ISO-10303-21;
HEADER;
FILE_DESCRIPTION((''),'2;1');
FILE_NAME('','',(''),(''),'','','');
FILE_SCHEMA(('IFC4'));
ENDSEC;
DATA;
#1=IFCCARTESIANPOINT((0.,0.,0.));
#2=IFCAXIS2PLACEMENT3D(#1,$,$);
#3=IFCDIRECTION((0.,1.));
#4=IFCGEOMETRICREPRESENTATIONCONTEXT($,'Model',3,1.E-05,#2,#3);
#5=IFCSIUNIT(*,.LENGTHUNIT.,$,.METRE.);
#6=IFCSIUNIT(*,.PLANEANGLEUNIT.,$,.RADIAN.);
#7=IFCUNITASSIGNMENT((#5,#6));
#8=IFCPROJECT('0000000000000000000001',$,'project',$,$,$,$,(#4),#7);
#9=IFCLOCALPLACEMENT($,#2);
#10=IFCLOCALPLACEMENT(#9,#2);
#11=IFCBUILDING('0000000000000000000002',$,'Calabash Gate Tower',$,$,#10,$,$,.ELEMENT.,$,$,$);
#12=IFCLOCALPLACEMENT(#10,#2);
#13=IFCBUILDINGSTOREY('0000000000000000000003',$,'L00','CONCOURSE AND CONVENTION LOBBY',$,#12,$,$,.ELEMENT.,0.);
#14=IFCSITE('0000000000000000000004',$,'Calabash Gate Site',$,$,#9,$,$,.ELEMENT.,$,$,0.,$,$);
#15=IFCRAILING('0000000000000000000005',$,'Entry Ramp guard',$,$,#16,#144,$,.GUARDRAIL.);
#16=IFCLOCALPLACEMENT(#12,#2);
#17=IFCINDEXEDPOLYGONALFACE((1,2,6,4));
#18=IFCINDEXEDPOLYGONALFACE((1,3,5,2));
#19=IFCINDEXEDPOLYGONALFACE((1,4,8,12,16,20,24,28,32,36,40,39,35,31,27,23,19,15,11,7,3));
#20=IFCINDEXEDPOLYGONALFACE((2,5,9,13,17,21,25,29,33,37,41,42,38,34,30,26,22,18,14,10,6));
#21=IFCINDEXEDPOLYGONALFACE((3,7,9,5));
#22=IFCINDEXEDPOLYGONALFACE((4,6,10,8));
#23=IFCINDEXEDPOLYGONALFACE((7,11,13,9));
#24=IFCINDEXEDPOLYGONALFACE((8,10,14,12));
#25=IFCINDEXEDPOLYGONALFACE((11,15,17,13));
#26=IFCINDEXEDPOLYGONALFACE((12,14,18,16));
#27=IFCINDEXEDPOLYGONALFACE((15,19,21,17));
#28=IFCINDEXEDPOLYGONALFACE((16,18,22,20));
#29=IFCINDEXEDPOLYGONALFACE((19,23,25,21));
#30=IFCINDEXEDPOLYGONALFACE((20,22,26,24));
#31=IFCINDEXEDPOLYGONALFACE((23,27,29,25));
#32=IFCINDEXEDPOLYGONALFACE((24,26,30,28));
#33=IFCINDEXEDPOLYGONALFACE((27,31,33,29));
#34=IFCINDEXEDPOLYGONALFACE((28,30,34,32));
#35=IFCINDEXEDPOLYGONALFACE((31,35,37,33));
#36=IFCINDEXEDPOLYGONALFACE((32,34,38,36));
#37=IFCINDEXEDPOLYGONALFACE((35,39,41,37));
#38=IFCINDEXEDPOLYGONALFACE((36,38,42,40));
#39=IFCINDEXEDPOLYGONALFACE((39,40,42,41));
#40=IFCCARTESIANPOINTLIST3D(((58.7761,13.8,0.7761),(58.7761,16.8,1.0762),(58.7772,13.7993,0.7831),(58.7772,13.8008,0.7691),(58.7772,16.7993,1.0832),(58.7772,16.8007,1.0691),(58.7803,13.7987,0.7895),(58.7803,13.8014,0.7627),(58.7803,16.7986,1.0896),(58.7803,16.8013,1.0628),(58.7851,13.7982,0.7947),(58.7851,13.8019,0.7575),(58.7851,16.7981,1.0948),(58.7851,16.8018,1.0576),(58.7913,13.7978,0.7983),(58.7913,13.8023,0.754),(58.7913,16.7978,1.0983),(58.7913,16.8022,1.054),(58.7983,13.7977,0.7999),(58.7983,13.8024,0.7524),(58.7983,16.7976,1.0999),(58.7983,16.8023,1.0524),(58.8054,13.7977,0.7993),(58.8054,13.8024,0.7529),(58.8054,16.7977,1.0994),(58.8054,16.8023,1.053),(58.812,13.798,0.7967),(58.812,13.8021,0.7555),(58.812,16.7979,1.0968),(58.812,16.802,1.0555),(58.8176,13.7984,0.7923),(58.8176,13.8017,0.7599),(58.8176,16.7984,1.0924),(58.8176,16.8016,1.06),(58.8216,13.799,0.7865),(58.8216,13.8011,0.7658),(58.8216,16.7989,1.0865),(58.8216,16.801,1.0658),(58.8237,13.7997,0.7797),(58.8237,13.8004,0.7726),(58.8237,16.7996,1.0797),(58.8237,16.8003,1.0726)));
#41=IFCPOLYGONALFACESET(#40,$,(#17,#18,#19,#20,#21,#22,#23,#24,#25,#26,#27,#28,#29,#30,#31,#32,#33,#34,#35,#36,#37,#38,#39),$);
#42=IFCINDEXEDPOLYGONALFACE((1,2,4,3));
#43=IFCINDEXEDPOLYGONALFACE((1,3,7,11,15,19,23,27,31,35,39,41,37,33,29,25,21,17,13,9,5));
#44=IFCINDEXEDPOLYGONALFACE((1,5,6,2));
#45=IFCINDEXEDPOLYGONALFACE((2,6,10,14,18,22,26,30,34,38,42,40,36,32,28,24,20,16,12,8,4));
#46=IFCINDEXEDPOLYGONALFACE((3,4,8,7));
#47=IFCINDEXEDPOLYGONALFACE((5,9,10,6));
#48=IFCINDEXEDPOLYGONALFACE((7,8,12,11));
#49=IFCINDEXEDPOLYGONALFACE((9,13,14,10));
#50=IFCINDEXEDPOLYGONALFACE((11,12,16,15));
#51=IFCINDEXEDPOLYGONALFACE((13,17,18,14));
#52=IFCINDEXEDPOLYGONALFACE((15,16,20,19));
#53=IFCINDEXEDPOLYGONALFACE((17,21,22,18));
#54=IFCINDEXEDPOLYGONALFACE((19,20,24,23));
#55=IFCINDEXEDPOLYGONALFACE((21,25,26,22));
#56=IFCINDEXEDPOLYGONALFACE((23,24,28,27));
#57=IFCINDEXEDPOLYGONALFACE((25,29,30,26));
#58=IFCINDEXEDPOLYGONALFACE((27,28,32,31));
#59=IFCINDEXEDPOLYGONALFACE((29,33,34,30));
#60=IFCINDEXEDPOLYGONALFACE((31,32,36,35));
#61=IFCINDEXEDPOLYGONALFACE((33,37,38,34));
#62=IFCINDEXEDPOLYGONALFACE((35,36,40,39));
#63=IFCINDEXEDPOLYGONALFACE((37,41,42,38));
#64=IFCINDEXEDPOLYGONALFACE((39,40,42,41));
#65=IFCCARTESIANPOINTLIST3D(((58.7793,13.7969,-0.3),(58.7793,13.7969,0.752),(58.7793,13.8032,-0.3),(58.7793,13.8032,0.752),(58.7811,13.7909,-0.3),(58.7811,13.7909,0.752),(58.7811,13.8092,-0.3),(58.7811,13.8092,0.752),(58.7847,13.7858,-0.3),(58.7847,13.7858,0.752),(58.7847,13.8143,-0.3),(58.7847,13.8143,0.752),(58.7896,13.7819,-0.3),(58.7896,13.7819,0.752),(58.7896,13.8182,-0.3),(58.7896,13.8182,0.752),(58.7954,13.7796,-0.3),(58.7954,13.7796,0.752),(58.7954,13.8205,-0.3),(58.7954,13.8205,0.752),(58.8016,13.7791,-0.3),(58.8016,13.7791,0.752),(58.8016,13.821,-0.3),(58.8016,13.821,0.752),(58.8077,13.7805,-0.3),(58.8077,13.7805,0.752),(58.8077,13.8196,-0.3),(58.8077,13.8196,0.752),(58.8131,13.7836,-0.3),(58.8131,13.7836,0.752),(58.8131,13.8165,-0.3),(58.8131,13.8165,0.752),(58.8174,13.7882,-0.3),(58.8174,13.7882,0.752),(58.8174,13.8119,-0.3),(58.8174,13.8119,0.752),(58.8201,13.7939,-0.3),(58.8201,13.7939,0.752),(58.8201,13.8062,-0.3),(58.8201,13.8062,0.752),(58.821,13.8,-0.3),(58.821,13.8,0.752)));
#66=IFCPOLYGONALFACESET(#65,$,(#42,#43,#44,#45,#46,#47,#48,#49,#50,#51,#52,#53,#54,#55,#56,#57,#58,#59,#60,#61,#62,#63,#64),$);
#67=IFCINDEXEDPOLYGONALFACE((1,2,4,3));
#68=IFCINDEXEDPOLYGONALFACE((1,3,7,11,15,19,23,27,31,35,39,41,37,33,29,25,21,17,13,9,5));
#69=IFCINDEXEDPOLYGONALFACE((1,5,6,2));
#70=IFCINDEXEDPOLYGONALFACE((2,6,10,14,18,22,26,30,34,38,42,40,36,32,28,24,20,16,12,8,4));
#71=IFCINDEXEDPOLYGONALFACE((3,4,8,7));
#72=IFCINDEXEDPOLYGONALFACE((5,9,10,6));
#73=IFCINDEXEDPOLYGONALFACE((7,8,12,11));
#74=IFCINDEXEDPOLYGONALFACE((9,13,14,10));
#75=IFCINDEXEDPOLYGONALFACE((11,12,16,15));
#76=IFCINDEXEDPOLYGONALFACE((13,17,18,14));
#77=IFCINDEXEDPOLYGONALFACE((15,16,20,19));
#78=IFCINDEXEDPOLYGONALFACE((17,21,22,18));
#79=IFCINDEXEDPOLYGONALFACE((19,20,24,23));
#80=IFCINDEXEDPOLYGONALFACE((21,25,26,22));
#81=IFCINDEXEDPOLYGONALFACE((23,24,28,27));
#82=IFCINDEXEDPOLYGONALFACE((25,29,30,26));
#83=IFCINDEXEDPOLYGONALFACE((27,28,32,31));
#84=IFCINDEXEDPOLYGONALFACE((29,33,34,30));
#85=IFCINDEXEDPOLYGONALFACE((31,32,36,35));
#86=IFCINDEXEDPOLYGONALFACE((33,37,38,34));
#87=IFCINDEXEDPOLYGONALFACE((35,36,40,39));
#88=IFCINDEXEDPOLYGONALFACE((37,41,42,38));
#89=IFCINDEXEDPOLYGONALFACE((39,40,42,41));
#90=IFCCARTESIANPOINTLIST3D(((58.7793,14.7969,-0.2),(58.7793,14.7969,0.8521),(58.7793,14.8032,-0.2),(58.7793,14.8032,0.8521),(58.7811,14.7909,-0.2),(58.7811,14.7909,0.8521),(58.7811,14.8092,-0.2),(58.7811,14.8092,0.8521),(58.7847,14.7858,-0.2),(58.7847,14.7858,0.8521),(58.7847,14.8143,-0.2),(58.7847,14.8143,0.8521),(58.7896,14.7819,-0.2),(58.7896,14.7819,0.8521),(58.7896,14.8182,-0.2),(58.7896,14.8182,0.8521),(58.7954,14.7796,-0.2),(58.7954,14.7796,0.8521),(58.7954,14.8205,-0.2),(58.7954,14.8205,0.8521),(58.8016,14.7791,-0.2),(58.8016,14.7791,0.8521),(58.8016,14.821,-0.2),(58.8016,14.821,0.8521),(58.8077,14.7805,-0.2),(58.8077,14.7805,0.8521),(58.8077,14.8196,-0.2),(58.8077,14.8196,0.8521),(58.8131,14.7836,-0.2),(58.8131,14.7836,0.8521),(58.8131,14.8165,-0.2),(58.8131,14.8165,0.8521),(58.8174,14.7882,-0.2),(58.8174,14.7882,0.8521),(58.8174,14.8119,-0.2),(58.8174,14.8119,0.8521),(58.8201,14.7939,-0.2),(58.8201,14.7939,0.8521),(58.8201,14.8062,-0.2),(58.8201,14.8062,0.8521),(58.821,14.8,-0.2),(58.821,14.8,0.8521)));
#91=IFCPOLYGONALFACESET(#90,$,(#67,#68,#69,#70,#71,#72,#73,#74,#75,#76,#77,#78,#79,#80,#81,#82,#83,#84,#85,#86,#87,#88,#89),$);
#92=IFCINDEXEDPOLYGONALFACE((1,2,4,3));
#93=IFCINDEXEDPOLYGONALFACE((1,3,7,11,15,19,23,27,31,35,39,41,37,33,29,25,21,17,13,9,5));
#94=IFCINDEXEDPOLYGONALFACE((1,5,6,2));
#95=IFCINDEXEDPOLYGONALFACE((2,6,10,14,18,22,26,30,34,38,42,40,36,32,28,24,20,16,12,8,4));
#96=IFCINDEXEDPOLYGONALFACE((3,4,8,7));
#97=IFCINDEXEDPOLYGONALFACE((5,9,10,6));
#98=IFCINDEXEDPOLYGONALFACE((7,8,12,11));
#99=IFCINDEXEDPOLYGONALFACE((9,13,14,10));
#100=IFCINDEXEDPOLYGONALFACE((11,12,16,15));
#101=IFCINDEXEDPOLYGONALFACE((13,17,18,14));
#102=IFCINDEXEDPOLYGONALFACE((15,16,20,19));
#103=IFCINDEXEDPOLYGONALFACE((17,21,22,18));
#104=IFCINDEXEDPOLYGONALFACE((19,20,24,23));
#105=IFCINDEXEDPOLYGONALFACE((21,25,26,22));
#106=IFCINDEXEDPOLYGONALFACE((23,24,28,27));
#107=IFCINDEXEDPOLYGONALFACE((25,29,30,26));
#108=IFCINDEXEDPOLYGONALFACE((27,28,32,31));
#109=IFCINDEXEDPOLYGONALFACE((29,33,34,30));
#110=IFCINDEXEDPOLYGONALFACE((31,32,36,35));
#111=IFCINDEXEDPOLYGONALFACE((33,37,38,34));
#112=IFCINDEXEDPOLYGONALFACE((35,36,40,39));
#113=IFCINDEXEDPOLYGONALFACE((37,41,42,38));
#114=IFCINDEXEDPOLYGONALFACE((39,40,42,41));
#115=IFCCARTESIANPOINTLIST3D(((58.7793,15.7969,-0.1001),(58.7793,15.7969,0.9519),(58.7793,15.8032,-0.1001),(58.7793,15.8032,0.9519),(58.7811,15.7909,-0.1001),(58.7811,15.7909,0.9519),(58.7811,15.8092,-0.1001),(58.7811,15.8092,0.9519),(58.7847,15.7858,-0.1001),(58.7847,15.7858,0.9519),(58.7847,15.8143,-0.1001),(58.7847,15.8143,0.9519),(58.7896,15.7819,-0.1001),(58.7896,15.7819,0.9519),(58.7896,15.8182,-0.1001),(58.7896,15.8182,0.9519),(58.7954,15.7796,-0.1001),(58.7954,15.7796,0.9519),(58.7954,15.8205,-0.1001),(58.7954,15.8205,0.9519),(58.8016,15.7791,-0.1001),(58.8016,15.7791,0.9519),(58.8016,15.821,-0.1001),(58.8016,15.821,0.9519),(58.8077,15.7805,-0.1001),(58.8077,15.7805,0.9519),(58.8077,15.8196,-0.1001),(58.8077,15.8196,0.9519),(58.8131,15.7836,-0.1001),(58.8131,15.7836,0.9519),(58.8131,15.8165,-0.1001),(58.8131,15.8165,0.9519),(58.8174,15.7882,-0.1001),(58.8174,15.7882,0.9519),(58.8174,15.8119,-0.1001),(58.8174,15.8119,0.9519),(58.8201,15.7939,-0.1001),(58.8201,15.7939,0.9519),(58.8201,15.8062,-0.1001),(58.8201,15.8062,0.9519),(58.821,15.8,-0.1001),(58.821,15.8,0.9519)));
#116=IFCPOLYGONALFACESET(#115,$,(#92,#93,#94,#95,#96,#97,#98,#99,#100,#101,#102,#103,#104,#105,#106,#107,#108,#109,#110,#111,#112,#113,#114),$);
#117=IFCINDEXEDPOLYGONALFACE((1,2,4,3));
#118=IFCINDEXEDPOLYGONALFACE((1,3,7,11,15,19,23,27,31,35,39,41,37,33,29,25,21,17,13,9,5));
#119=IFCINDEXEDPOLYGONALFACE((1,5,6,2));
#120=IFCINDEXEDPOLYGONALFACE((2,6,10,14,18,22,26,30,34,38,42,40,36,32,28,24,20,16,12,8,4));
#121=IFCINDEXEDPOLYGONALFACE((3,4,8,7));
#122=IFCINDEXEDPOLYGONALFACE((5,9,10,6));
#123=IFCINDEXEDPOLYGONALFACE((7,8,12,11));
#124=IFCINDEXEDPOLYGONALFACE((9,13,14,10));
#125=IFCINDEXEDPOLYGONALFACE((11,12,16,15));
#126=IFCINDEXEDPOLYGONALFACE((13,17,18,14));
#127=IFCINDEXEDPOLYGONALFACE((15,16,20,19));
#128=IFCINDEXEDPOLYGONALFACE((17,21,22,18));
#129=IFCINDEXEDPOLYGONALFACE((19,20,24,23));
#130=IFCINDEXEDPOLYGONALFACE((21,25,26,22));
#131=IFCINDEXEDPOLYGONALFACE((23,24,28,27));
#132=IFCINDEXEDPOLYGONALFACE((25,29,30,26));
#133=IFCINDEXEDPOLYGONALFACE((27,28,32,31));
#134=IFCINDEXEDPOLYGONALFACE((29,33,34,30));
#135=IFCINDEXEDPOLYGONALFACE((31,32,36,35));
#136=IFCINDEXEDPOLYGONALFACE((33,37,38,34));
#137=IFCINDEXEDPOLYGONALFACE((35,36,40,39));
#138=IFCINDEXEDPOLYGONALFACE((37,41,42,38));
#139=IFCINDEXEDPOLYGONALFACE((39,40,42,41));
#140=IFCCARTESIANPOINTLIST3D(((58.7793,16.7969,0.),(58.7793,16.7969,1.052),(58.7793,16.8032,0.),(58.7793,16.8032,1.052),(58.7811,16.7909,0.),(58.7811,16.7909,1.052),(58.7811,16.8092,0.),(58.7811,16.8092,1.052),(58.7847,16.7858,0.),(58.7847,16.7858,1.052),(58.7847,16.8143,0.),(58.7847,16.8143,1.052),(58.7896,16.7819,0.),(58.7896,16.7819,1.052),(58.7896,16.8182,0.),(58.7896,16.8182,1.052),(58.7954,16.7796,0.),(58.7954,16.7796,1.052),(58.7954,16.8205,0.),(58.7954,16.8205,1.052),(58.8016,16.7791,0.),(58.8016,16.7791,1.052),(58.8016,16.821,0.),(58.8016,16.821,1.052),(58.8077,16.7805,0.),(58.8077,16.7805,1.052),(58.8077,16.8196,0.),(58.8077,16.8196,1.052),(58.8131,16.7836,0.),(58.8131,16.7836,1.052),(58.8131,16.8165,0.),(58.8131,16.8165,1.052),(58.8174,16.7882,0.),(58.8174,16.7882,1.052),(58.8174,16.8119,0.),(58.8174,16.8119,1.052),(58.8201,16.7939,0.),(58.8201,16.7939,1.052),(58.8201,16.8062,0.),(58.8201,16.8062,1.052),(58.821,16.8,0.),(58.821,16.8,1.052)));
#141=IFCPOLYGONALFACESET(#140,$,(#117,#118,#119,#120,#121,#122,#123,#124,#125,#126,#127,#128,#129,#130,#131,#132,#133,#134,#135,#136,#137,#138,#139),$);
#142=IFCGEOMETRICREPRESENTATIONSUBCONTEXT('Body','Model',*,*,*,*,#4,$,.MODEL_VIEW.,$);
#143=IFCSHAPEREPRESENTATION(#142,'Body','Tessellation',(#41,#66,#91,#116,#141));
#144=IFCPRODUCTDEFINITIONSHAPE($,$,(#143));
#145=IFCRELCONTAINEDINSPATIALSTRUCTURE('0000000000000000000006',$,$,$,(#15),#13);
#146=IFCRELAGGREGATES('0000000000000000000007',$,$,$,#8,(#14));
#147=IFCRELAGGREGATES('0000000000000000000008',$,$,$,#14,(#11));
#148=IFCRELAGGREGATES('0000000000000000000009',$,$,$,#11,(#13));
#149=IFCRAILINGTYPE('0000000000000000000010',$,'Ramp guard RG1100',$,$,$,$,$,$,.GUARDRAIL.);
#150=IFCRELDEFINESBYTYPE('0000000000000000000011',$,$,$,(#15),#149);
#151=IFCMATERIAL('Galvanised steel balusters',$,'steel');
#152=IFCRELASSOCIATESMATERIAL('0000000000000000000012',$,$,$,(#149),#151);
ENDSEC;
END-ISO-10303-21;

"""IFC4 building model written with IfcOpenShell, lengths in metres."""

from ifc_helpers import new_model, si_unit, direction, frame, origin, origin_2d, place, context, subcontext, project, spatial, circle, extrude, material, type_object, element, save


model = new_model("IFC4")

# Units and contexts
model_context = context("Model", 3, precision=1e-05, world=origin(), true_north=direction((0.0, 1.0)))
body_context = subcontext(model_context, "Body", "Model", "MODEL_VIEW")
ifc_project = project(units=[si_unit("LENGTHUNIT", "METRE"), si_unit("PLANEANGLEUNIT", "RADIAN")], contexts=[model_context])

# Site, building, storey
site_placement = place(None, origin())
site = spatial("IfcSite", under=ifc_project, at=site_placement, Name="Calabash Gate Site", CompositionType="ELEMENT", RefElevation=0.0)
building_placement = place(site_placement, origin())
building = spatial("IfcBuilding", under=site, at=building_placement, Name="Calabash Gate Tower", CompositionType="ELEMENT")
storey_placement = place(building_placement, origin())
storey = spatial("IfcBuildingStorey", under=building, at=storey_placement, Name="L00", Description="CONCOURSE AND CONVENTION LOBBY", CompositionType="ELEMENT", Elevation=0.0)

# Railing
ifc_material_1 = material(Name="Galvanised steel balusters", Category="steel")
railing_type = type_object("IfcRailingType", Name="Ramp guard RG1100", PredefinedType="GUARDRAIL", material=ifc_material_1)
for number, where, name in (
    (1, (58.8, 13.8, -0.3), "Entry Ramp guard"),
):
    element("IfcRailing", number, at=place(storey_placement, frame(where)), inside=storey, type_object=railing_type, Name=name, PredefinedType="GUARDRAIL", context=body_context, shape_type="SweptSolid", body=[
        extrude(circle(Radius=0.0239, at=origin_2d()), frame((0.0, 0.0, 1.0762), z_axis=(0.0, 0.995036, 0.09952), x_axis=(-1.0, 0.0, 0.0)), (0.0, 0.0, 1.0), 3.0149),
        extrude(circle(Radius=0.021, at=origin_2d()), origin(), (0.0, 0.0, 1.0), 1.052),
        extrude(circle(Radius=0.021, at=origin_2d()), frame((0.0, 1.0, 0.1001)), (0.0, 0.0, 1.0), 1.052),
        extrude(circle(Radius=0.021, at=origin_2d()), frame((0.0, 2.0, 0.2)), (0.0, 0.0, 1.0), 1.052),
        extrude(circle(Radius=0.021, at=origin_2d()), frame((0.0, 3.0, 0.3)), (0.0, 0.0, 1.0), 1.052),
    ])

save(model, "model.ifc")
